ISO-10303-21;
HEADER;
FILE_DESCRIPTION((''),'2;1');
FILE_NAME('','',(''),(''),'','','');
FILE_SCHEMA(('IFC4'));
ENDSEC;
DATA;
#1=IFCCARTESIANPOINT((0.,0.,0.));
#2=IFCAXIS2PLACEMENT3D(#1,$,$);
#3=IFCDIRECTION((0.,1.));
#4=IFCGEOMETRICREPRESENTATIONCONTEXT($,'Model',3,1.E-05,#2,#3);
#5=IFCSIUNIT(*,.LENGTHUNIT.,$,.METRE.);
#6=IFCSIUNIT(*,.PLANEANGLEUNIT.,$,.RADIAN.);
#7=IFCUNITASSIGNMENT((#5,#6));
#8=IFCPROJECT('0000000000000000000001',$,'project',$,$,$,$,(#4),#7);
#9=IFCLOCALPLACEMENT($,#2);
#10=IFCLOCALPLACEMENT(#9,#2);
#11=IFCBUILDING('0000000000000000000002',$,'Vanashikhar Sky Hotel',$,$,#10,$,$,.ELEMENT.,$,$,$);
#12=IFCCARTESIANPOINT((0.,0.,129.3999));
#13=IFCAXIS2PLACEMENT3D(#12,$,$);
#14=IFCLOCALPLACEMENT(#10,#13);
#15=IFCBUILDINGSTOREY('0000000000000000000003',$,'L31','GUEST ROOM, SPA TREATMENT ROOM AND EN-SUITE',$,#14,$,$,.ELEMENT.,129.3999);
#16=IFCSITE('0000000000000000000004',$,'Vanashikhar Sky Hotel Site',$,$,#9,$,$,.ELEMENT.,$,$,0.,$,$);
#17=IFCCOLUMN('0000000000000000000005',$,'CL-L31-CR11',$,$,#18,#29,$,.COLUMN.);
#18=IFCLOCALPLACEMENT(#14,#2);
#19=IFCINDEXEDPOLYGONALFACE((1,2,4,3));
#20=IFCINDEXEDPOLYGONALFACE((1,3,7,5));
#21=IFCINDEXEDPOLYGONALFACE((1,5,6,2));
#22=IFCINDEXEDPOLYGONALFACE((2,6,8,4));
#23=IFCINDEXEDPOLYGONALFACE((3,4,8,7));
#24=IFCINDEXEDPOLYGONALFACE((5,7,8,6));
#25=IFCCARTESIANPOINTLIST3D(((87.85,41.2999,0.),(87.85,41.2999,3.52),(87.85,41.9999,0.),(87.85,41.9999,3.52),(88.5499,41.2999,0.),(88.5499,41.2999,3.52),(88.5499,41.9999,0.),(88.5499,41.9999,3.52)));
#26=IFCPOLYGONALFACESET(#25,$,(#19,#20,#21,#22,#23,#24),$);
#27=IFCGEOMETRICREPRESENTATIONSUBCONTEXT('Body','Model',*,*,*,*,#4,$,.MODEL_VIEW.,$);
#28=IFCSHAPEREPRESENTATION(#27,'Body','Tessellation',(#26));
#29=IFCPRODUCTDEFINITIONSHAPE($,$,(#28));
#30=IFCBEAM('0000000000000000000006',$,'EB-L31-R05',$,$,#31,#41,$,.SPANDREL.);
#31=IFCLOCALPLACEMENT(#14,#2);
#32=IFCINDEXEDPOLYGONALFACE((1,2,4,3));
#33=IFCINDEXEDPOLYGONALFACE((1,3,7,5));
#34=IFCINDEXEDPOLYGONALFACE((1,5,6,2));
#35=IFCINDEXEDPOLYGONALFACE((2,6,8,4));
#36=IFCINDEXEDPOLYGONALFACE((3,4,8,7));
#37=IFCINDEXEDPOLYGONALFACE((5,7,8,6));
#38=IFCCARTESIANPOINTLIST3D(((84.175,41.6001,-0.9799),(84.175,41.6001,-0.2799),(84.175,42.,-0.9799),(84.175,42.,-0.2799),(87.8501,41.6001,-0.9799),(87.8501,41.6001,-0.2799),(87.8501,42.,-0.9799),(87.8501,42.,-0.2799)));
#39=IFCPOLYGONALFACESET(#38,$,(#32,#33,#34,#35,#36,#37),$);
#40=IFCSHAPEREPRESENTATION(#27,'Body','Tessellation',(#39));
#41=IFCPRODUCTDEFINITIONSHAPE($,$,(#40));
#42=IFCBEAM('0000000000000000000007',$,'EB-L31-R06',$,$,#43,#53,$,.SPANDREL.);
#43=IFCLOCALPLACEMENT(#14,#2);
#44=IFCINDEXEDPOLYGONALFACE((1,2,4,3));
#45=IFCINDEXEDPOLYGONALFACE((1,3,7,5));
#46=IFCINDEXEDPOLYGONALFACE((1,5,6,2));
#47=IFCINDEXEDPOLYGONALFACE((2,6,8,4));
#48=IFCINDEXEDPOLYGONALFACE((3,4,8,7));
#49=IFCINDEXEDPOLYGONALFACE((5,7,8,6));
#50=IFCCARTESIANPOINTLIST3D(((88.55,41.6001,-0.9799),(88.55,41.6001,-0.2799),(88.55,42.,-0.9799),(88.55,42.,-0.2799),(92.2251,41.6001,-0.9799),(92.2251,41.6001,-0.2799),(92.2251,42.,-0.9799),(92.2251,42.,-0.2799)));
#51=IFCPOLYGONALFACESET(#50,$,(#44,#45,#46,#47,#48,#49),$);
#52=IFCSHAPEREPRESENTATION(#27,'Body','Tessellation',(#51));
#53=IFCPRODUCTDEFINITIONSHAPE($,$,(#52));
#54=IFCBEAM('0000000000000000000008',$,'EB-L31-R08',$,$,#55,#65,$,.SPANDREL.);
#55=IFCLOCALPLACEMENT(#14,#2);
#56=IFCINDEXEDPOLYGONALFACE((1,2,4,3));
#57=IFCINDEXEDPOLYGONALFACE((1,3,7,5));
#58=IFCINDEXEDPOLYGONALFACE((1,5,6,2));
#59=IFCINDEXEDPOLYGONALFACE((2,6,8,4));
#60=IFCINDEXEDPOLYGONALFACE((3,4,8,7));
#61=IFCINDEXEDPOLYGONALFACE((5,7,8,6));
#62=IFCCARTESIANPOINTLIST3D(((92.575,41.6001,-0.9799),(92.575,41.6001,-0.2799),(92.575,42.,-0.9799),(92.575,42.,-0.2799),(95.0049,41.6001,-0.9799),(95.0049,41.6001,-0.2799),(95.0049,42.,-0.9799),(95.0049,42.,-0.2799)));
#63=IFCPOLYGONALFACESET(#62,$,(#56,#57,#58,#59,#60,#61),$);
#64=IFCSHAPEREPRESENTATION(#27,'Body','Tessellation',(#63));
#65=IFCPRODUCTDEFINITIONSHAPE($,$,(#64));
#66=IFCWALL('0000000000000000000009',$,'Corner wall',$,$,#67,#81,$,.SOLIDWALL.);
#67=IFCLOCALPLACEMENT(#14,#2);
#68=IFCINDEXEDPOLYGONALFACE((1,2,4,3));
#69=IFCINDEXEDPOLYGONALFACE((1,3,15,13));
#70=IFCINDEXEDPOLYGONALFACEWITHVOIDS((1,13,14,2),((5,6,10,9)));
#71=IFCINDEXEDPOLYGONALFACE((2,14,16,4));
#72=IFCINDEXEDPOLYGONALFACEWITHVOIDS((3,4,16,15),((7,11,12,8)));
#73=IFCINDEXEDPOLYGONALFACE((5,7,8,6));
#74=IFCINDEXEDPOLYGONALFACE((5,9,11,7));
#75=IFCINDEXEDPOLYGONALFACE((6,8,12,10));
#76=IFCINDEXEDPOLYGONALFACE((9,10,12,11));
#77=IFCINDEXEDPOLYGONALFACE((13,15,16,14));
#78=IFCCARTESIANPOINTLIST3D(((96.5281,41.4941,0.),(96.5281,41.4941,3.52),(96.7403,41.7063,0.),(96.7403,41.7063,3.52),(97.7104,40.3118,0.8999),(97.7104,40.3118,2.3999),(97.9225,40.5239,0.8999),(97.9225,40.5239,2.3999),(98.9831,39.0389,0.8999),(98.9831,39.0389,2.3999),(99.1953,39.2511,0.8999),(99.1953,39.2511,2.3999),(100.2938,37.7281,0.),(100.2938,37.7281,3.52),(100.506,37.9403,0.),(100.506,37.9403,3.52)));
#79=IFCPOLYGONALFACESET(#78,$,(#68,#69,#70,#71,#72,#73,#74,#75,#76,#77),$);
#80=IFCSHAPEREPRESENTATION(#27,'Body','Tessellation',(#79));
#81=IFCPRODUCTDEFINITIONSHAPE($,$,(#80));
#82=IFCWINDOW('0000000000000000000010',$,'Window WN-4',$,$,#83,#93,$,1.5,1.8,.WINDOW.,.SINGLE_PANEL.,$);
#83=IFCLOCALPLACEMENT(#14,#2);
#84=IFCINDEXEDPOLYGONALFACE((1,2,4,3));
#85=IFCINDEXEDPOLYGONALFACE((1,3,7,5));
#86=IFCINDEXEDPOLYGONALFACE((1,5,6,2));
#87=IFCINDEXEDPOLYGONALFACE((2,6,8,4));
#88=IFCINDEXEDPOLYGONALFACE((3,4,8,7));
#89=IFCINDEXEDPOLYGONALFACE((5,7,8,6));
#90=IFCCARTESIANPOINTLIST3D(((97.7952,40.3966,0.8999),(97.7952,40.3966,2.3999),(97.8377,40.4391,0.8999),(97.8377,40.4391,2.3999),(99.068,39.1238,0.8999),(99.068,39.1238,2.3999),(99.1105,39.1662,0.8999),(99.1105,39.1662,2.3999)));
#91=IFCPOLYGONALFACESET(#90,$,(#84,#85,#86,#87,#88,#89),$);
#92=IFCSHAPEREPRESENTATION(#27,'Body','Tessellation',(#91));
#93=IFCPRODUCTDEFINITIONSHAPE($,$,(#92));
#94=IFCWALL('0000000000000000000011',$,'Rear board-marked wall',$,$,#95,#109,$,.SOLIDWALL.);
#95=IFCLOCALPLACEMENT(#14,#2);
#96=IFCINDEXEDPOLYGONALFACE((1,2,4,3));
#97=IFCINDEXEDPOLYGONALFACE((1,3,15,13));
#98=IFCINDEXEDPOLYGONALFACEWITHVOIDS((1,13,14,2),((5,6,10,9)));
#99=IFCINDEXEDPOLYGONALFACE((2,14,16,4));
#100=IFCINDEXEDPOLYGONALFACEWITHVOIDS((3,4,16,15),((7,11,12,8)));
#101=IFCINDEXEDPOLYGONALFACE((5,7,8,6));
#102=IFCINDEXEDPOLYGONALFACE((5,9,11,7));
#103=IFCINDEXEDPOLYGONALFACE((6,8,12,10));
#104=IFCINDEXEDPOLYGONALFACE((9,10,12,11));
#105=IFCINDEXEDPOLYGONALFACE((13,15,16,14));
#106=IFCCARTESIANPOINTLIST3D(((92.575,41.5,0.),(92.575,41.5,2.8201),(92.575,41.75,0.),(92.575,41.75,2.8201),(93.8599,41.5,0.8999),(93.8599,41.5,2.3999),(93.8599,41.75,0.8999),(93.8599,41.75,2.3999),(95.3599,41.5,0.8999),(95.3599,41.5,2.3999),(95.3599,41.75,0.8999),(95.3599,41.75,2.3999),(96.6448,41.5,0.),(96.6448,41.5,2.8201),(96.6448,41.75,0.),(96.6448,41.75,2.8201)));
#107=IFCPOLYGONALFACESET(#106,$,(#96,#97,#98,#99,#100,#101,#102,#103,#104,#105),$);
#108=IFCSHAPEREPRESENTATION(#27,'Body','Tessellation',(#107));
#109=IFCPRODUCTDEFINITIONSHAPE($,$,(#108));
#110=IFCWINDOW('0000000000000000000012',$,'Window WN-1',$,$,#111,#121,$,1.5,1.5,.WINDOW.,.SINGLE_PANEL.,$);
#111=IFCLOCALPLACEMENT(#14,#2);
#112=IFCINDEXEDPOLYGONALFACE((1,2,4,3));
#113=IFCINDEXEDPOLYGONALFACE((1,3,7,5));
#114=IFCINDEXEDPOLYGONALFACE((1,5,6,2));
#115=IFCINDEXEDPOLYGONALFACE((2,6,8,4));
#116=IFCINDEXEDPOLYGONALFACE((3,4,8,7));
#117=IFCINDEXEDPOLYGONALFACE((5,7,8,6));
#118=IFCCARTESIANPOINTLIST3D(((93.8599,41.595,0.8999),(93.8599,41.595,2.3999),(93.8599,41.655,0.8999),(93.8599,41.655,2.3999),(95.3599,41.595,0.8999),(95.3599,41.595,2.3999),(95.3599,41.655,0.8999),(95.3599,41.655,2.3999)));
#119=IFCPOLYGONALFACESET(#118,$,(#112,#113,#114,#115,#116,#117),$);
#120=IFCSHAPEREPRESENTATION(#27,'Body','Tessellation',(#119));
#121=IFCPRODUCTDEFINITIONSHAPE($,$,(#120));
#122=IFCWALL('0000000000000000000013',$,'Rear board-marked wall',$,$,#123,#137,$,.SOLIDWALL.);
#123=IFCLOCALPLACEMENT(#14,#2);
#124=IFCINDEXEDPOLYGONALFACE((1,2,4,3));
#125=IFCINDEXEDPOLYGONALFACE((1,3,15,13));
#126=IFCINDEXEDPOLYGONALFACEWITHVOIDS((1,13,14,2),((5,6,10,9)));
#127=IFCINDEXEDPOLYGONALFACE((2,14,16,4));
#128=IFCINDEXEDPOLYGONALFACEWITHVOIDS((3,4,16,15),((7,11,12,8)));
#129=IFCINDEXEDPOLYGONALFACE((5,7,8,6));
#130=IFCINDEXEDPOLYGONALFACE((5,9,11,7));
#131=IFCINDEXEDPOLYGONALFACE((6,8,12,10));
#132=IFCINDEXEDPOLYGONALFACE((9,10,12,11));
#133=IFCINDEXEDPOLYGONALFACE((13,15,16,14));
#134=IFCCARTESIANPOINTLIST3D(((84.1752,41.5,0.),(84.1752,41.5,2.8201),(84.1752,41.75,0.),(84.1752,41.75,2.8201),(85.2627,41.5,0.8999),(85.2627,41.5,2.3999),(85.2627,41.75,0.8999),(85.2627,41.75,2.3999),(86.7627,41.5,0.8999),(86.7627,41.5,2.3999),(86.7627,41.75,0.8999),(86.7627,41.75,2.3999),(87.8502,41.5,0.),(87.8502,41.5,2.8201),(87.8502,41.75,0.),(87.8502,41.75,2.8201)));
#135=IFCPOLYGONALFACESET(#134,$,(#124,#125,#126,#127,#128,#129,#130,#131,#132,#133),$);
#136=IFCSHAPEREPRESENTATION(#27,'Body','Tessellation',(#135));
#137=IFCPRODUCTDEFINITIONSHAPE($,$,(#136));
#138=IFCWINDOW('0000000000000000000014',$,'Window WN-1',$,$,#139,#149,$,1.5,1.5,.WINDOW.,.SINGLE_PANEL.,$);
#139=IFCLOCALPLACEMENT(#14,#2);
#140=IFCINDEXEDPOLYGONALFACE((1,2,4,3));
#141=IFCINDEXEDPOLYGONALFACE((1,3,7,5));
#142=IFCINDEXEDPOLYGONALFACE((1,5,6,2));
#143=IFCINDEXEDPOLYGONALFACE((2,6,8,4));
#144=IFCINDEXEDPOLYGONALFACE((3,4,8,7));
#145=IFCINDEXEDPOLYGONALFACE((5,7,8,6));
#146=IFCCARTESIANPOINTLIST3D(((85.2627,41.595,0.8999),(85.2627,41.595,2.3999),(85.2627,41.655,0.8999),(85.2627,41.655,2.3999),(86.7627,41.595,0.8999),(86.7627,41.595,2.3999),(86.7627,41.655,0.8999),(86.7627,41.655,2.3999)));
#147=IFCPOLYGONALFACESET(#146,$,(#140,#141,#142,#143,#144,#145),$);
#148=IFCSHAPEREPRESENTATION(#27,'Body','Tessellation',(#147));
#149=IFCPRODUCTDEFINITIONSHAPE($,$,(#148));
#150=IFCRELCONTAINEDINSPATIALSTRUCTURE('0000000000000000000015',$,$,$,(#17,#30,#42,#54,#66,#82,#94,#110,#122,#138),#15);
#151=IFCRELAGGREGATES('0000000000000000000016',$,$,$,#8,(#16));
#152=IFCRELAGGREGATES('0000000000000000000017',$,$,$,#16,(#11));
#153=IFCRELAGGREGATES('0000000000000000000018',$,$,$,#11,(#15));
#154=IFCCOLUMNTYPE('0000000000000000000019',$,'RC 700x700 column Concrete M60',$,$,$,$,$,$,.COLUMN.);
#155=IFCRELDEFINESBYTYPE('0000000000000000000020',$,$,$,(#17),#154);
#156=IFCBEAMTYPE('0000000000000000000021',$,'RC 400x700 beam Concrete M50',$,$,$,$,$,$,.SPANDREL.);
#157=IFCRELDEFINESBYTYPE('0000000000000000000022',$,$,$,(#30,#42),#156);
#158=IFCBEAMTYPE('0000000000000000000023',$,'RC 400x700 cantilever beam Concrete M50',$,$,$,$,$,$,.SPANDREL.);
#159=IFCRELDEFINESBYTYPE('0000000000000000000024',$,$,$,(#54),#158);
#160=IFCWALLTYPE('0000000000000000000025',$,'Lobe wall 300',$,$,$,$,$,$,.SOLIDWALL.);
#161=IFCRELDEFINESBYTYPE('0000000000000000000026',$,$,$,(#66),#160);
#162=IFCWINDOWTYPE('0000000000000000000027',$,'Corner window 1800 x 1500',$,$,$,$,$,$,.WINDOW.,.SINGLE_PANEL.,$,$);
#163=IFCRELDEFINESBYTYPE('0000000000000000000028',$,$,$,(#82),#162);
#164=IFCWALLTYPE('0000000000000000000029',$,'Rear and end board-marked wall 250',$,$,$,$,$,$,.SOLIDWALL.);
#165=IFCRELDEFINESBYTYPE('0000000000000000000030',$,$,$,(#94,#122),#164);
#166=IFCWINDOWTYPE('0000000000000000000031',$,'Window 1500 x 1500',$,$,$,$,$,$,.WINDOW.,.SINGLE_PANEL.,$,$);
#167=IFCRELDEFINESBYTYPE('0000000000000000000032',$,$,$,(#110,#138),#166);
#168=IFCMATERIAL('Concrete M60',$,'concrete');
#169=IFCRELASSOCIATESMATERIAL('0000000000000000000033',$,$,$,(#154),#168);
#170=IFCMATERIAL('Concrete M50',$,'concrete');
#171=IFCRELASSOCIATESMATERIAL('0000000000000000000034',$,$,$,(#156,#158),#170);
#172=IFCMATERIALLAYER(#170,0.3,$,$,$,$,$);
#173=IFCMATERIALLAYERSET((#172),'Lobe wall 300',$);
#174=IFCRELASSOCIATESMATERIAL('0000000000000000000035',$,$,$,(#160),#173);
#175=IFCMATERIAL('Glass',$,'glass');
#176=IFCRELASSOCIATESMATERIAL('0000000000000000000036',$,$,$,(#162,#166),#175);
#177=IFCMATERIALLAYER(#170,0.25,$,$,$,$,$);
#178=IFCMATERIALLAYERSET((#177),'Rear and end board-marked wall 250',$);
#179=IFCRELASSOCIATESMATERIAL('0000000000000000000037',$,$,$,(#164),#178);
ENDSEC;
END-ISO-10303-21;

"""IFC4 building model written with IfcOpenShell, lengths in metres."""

from ifc_helpers import new_model, si_unit, direction, frame, frame_2d, origin, origin_2d, place, context, subcontext, project, spatial, rectangle, extrude, source, transform, mapped, material, layer, layer_set, material_profile, profile_set, type_object, element, fill, save


model = new_model("IFC4")

# Units and contexts
model_context = context("Model", 3, precision=1e-05, world=origin(), true_north=direction((0.0, 1.0)))
body_context = subcontext(model_context, "Body", "Model", "MODEL_VIEW")
ifc_project = project(units=[si_unit("LENGTHUNIT", "METRE"), si_unit("PLANEANGLEUNIT", "RADIAN")], contexts=[model_context])

# Site, building, storey
site_placement = place(None, origin())
site = spatial("IfcSite", under=ifc_project, at=site_placement, Name="Vanashikhar Sky Hotel Site", CompositionType="ELEMENT", RefElevation=0.0)
building_placement = place(site_placement, origin())
building = spatial("IfcBuilding", under=site, at=building_placement, Name="Vanashikhar Sky Hotel", CompositionType="ELEMENT")
storey_placement = place(building_placement, frame((0.0, 0.0, 129.3999)))
storey = spatial("IfcBuildingStorey", under=building, at=storey_placement, Name="L31", Description="GUEST ROOM, SPA TREATMENT ROOM AND EN-SUITE", CompositionType="ELEMENT", Elevation=129.3999)

# Column
ifc_material_1 = material(Name="Concrete M60", Category="concrete")
ifc_material_profile_1 = material_profile(ifc_material_1, rectangle(XDim=0.7, YDim=0.7, at=origin_2d()))
ifc_profile_set_1 = profile_set([ifc_material_profile_1], Name="RC 700x700 column Concrete M60")
column_type = type_object("IfcColumnType", Name="RC 700x700 column Concrete M60", PredefinedType="COLUMN", material=ifc_profile_set_1)
shared_shape_1 = source(origin(), body_context, "Body", "SweptSolid", [
    extrude(rectangle(XDim=0.7, YDim=0.7, at=origin_2d()), origin(), (0.0, 0.0, 1.0), 3.52),
])
column_placement = place(storey_placement, frame((88.2, 41.6499, 0.0), z_axis=(0.0, 0.0, 1.0), x_axis=(1.0, 0.0, 0.0)))
element("IfcColumn", 1, at=column_placement, inside=storey, type_object=column_type, Name="CL-L31-CR11", PredefinedType="COLUMN", context=body_context, shape_type="MappedRepresentation", body=[
    mapped(shared_shape_1, transform((0.0, 0.0, 0.0), scale=1.0)),
])

# Beams
ifc_material_2 = material(Name="Concrete M50", Category="concrete")
ifc_material_profile_2 = material_profile(ifc_material_2, rectangle(XDim=0.3999, YDim=0.7, at=origin_2d()))
ifc_profile_set_2 = profile_set([ifc_material_profile_2], Name="RC 400x700 beam Concrete M50")
beam_type_1 = type_object("IfcBeamType", Name="RC 400x700 beam Concrete M50", PredefinedType="SPANDREL", material=ifc_profile_set_2)
shared_shape_2 = source(origin(), body_context, "Body", "SweptSolid", [
    extrude(rectangle(XDim=0.3999, YDim=0.7, at=origin_2d()), origin(), (0.0, 0.0, 1.0), 3.675),
])
for number, where, z_axis, x_axis, name in (
    (2, (84.175, 41.8, -0.6299), (1.0, 0.0, 0.0), (0.0, 1.0, 0.0), "EB-L31-R05"),
    (3, (88.55, 41.8, -0.6299), (1.0, 0.0, 0.0), (0.0, 1.0, 0.0), "EB-L31-R06"),
):
    element("IfcBeam", number, at=place(storey_placement, frame(where, z_axis=z_axis, x_axis=x_axis)), inside=storey, type_object=beam_type_1, Name=name, PredefinedType="SPANDREL", context=body_context, shape_type="MappedRepresentation", body=[
        mapped(shared_shape_2, transform((0.0, 0.0, 0.0), scale=1.0)),
    ])
ifc_material_profile_3 = material_profile(ifc_material_2, rectangle(XDim=0.3999, YDim=0.7, at=origin_2d()))
ifc_profile_set_3 = profile_set([ifc_material_profile_3], Name="RC 400x700 cantilever beam Concrete M50")
beam_type_2 = type_object("IfcBeamType", Name="RC 400x700 cantilever beam Concrete M50", PredefinedType="SPANDREL", material=ifc_profile_set_3)
shared_shape_3 = source(origin(), body_context, "Body", "SweptSolid", [
    extrude(rectangle(XDim=0.3999, YDim=0.7, at=origin_2d()), origin(), (0.0, 0.0, 1.0), 2.4299),
])
beam_placement = place(storey_placement, frame((92.575, 41.8, -0.6299), z_axis=(1.0, 0.0, 0.0), x_axis=(0.0, 1.0, 0.0)))
element("IfcBeam", 4, at=beam_placement, inside=storey, type_object=beam_type_2, Name="EB-L31-R08", PredefinedType="SPANDREL", context=body_context, shape_type="MappedRepresentation", body=[
    mapped(shared_shape_3, transform((0.0, 0.0, 0.0), scale=1.0)),
])

# Walls, openings, windows
ifc_layer_1 = layer(ifc_material_2, 0.3)
ifc_layer_set_1 = layer_set([ifc_layer_1], Name="Lobe wall 300")
wall_type_1 = type_object("IfcWallType", Name="Lobe wall 300", PredefinedType="SOLIDWALL", material=ifc_layer_set_1)
shared_shape_4 = source(origin(), body_context, "Body", "SweptSolid", [
    extrude(rectangle(XDim=5.3257, YDim=0.3, at=frame_2d((2.6628, 0.0))), origin(), (0.0, 0.0, 1.0), 3.52),
])
wall_1_placement = place(storey_placement, frame((100.3999, 37.8342, 0.0), z_axis=(0.0, 0.0, 1.0), x_axis=(-0.707084, 0.70713, 0.0)))
wall_1 = element("IfcWall", 5, at=wall_1_placement, inside=storey, type_object=wall_type_1, Name="Corner wall", PredefinedType="SOLIDWALL", context=body_context, shape_type="MappedRepresentation", body=[
    mapped(shared_shape_4, transform((0.0, 0.0, 0.0), scale=1.0)),
])
shared_shape_5 = source(origin(), body_context, "Body", "SweptSolid", [
    extrude(rectangle(XDim=1.8, YDim=1.5, at=frame_2d((0.8999, 0.75))), frame((0.0, 0.1602, 0.0), z_axis=(0.0, -1.0, 0.0), x_axis=(1.0, 0.0, 0.0)), (0.0, 0.0, 1.0), 0.3201),
])
opening_1_placement = place(wall_1_placement, frame((1.8538, 0.0, 0.8999)))
opening_1 = element("IfcOpeningElement", 6, at=opening_1_placement, cuts=wall_1, PredefinedType="OPENING", context=body_context, shape_type="MappedRepresentation", body=[
    mapped(shared_shape_5, transform((0.0, 0.0, 0.0), scale=1.0)),
])
ifc_material_3 = material(Name="Glass", Category="glass")
window_type_1 = type_object("IfcWindowType", Name="Corner window 1800 x 1500", PartitioningType="SINGLE_PANEL", PredefinedType="WINDOW", material=ifc_material_3)
shared_shape_6 = source(origin(), body_context, "Body", "SweptSolid", [
    extrude(rectangle(XDim=1.8, YDim=1.5, at=frame_2d((0.8999, 0.75))), frame((0.0, 0.03, 0.0), z_axis=(0.0, -1.0, 0.0), x_axis=(1.0, 0.0, 0.0)), (0.0, 0.0, 1.0), 0.0601),
])
window_1_placement = place(opening_1_placement, origin())
window_1 = element("IfcWindow", 7, at=window_1_placement, inside=storey, type_object=window_type_1, Name="Window WN-4", OverallHeight=1.5, OverallWidth=1.8, PartitioningType="SINGLE_PANEL", PredefinedType="WINDOW", context=body_context, shape_type="MappedRepresentation", body=[
    mapped(shared_shape_6, transform((0.0, 0.0, 0.0), scale=1.0)),
])
fill(opening_1, window_1)
ifc_layer_2 = layer(ifc_material_2, 0.25)
ifc_layer_set_2 = layer_set([ifc_layer_2], Name="Rear and end board-marked wall 250")
wall_type_2 = type_object("IfcWallType", Name="Rear and end board-marked wall 250", PredefinedType="SOLIDWALL", material=ifc_layer_set_2)
shared_shape_7 = source(origin(), body_context, "Body", "SweptSolid", [
    extrude(rectangle(XDim=4.0698, YDim=0.25, at=frame_2d((2.0349, 0.0))), origin(), (0.0, 0.0, 1.0), 2.8201),
])
wall_2_placement = place(storey_placement, frame((96.6448, 41.625, 0.0), z_axis=(0.0, 0.0, 1.0), x_axis=(-1.0, 0.0, 0.0)))
wall_2 = element("IfcWall", 8, at=wall_2_placement, inside=storey, type_object=wall_type_2, Name="Rear board-marked wall", PredefinedType="SOLIDWALL", context=body_context, shape_type="MappedRepresentation", body=[
    mapped(shared_shape_7, transform((0.0, 0.0, 0.0), scale=1.0)),
])
shared_shape_8 = source(origin(), body_context, "Body", "SweptSolid", [
    extrude(rectangle(XDim=1.5, YDim=1.5, at=frame_2d((0.75, 0.75))), frame((0.0, 0.135, 0.0), z_axis=(0.0, -1.0, 0.0), x_axis=(1.0, 0.0, 0.0)), (0.0, 0.0, 1.0), 0.27),
])
opening_2_placement = place(wall_2_placement, frame((1.2849, 0.0, 0.8999)))
opening_2 = element("IfcOpeningElement", 9, at=opening_2_placement, cuts=wall_2, PredefinedType="OPENING", context=body_context, shape_type="MappedRepresentation", body=[
    mapped(shared_shape_8, transform((0.0, 0.0, 0.0), scale=1.0)),
])
window_type_2 = type_object("IfcWindowType", Name="Window 1500 x 1500", PartitioningType="SINGLE_PANEL", PredefinedType="WINDOW", material=ifc_material_3)
shared_shape_9 = source(origin(), body_context, "Body", "SweptSolid", [
    extrude(rectangle(XDim=1.5, YDim=1.5, at=frame_2d((0.75, 0.75))), frame((0.0, 0.03, 0.0), z_axis=(0.0, -1.0, 0.0), x_axis=(1.0, 0.0, 0.0)), (0.0, 0.0, 1.0), 0.0601),
])
window_2_placement = place(opening_2_placement, origin())
window_2 = element("IfcWindow", 10, at=window_2_placement, inside=storey, type_object=window_type_2, Name="Window WN-1", OverallHeight=1.5, OverallWidth=1.5, PartitioningType="SINGLE_PANEL", PredefinedType="WINDOW", context=body_context, shape_type="MappedRepresentation", body=[
    mapped(shared_shape_9, transform((0.0, 0.0, 0.0), scale=1.0)),
])
fill(opening_2, window_2)
shared_shape_10 = source(origin(), body_context, "Body", "SweptSolid", [
    extrude(rectangle(XDim=3.675, YDim=0.25, at=frame_2d((1.8374, 0.0))), origin(), (0.0, 0.0, 1.0), 2.8201),
])
wall_3_placement = place(storey_placement, frame((87.8501, 41.625, 0.0), z_axis=(0.0, 0.0, 1.0), x_axis=(-1.0, 0.0, 0.0)))
wall_3 = element("IfcWall", 11, at=wall_3_placement, inside=storey, type_object=wall_type_2, Name="Rear board-marked wall", PredefinedType="SOLIDWALL", context=body_context, shape_type="MappedRepresentation", body=[
    mapped(shared_shape_10, transform((0.0, 0.0, 0.0), scale=1.0)),
])
opening_3_placement = place(wall_3_placement, frame((1.0874, 0.0, 0.8999)))
opening_3 = element("IfcOpeningElement", 12, at=opening_3_placement, cuts=wall_3, PredefinedType="OPENING", context=body_context, shape_type="MappedRepresentation", body=[
    mapped(shared_shape_8, transform((0.0, 0.0, 0.0), scale=1.0)),
])
window_3_placement = place(opening_3_placement, origin())
window_3 = element("IfcWindow", 13, at=window_3_placement, inside=storey, type_object=window_type_2, Name="Window WN-1", OverallHeight=1.5, OverallWidth=1.5, PartitioningType="SINGLE_PANEL", PredefinedType="WINDOW", context=body_context, shape_type="MappedRepresentation", body=[
    mapped(shared_shape_9, transform((0.0, 0.0, 0.0), scale=1.0)),
])
fill(opening_3, window_3)

save(model, "model.ifc")
